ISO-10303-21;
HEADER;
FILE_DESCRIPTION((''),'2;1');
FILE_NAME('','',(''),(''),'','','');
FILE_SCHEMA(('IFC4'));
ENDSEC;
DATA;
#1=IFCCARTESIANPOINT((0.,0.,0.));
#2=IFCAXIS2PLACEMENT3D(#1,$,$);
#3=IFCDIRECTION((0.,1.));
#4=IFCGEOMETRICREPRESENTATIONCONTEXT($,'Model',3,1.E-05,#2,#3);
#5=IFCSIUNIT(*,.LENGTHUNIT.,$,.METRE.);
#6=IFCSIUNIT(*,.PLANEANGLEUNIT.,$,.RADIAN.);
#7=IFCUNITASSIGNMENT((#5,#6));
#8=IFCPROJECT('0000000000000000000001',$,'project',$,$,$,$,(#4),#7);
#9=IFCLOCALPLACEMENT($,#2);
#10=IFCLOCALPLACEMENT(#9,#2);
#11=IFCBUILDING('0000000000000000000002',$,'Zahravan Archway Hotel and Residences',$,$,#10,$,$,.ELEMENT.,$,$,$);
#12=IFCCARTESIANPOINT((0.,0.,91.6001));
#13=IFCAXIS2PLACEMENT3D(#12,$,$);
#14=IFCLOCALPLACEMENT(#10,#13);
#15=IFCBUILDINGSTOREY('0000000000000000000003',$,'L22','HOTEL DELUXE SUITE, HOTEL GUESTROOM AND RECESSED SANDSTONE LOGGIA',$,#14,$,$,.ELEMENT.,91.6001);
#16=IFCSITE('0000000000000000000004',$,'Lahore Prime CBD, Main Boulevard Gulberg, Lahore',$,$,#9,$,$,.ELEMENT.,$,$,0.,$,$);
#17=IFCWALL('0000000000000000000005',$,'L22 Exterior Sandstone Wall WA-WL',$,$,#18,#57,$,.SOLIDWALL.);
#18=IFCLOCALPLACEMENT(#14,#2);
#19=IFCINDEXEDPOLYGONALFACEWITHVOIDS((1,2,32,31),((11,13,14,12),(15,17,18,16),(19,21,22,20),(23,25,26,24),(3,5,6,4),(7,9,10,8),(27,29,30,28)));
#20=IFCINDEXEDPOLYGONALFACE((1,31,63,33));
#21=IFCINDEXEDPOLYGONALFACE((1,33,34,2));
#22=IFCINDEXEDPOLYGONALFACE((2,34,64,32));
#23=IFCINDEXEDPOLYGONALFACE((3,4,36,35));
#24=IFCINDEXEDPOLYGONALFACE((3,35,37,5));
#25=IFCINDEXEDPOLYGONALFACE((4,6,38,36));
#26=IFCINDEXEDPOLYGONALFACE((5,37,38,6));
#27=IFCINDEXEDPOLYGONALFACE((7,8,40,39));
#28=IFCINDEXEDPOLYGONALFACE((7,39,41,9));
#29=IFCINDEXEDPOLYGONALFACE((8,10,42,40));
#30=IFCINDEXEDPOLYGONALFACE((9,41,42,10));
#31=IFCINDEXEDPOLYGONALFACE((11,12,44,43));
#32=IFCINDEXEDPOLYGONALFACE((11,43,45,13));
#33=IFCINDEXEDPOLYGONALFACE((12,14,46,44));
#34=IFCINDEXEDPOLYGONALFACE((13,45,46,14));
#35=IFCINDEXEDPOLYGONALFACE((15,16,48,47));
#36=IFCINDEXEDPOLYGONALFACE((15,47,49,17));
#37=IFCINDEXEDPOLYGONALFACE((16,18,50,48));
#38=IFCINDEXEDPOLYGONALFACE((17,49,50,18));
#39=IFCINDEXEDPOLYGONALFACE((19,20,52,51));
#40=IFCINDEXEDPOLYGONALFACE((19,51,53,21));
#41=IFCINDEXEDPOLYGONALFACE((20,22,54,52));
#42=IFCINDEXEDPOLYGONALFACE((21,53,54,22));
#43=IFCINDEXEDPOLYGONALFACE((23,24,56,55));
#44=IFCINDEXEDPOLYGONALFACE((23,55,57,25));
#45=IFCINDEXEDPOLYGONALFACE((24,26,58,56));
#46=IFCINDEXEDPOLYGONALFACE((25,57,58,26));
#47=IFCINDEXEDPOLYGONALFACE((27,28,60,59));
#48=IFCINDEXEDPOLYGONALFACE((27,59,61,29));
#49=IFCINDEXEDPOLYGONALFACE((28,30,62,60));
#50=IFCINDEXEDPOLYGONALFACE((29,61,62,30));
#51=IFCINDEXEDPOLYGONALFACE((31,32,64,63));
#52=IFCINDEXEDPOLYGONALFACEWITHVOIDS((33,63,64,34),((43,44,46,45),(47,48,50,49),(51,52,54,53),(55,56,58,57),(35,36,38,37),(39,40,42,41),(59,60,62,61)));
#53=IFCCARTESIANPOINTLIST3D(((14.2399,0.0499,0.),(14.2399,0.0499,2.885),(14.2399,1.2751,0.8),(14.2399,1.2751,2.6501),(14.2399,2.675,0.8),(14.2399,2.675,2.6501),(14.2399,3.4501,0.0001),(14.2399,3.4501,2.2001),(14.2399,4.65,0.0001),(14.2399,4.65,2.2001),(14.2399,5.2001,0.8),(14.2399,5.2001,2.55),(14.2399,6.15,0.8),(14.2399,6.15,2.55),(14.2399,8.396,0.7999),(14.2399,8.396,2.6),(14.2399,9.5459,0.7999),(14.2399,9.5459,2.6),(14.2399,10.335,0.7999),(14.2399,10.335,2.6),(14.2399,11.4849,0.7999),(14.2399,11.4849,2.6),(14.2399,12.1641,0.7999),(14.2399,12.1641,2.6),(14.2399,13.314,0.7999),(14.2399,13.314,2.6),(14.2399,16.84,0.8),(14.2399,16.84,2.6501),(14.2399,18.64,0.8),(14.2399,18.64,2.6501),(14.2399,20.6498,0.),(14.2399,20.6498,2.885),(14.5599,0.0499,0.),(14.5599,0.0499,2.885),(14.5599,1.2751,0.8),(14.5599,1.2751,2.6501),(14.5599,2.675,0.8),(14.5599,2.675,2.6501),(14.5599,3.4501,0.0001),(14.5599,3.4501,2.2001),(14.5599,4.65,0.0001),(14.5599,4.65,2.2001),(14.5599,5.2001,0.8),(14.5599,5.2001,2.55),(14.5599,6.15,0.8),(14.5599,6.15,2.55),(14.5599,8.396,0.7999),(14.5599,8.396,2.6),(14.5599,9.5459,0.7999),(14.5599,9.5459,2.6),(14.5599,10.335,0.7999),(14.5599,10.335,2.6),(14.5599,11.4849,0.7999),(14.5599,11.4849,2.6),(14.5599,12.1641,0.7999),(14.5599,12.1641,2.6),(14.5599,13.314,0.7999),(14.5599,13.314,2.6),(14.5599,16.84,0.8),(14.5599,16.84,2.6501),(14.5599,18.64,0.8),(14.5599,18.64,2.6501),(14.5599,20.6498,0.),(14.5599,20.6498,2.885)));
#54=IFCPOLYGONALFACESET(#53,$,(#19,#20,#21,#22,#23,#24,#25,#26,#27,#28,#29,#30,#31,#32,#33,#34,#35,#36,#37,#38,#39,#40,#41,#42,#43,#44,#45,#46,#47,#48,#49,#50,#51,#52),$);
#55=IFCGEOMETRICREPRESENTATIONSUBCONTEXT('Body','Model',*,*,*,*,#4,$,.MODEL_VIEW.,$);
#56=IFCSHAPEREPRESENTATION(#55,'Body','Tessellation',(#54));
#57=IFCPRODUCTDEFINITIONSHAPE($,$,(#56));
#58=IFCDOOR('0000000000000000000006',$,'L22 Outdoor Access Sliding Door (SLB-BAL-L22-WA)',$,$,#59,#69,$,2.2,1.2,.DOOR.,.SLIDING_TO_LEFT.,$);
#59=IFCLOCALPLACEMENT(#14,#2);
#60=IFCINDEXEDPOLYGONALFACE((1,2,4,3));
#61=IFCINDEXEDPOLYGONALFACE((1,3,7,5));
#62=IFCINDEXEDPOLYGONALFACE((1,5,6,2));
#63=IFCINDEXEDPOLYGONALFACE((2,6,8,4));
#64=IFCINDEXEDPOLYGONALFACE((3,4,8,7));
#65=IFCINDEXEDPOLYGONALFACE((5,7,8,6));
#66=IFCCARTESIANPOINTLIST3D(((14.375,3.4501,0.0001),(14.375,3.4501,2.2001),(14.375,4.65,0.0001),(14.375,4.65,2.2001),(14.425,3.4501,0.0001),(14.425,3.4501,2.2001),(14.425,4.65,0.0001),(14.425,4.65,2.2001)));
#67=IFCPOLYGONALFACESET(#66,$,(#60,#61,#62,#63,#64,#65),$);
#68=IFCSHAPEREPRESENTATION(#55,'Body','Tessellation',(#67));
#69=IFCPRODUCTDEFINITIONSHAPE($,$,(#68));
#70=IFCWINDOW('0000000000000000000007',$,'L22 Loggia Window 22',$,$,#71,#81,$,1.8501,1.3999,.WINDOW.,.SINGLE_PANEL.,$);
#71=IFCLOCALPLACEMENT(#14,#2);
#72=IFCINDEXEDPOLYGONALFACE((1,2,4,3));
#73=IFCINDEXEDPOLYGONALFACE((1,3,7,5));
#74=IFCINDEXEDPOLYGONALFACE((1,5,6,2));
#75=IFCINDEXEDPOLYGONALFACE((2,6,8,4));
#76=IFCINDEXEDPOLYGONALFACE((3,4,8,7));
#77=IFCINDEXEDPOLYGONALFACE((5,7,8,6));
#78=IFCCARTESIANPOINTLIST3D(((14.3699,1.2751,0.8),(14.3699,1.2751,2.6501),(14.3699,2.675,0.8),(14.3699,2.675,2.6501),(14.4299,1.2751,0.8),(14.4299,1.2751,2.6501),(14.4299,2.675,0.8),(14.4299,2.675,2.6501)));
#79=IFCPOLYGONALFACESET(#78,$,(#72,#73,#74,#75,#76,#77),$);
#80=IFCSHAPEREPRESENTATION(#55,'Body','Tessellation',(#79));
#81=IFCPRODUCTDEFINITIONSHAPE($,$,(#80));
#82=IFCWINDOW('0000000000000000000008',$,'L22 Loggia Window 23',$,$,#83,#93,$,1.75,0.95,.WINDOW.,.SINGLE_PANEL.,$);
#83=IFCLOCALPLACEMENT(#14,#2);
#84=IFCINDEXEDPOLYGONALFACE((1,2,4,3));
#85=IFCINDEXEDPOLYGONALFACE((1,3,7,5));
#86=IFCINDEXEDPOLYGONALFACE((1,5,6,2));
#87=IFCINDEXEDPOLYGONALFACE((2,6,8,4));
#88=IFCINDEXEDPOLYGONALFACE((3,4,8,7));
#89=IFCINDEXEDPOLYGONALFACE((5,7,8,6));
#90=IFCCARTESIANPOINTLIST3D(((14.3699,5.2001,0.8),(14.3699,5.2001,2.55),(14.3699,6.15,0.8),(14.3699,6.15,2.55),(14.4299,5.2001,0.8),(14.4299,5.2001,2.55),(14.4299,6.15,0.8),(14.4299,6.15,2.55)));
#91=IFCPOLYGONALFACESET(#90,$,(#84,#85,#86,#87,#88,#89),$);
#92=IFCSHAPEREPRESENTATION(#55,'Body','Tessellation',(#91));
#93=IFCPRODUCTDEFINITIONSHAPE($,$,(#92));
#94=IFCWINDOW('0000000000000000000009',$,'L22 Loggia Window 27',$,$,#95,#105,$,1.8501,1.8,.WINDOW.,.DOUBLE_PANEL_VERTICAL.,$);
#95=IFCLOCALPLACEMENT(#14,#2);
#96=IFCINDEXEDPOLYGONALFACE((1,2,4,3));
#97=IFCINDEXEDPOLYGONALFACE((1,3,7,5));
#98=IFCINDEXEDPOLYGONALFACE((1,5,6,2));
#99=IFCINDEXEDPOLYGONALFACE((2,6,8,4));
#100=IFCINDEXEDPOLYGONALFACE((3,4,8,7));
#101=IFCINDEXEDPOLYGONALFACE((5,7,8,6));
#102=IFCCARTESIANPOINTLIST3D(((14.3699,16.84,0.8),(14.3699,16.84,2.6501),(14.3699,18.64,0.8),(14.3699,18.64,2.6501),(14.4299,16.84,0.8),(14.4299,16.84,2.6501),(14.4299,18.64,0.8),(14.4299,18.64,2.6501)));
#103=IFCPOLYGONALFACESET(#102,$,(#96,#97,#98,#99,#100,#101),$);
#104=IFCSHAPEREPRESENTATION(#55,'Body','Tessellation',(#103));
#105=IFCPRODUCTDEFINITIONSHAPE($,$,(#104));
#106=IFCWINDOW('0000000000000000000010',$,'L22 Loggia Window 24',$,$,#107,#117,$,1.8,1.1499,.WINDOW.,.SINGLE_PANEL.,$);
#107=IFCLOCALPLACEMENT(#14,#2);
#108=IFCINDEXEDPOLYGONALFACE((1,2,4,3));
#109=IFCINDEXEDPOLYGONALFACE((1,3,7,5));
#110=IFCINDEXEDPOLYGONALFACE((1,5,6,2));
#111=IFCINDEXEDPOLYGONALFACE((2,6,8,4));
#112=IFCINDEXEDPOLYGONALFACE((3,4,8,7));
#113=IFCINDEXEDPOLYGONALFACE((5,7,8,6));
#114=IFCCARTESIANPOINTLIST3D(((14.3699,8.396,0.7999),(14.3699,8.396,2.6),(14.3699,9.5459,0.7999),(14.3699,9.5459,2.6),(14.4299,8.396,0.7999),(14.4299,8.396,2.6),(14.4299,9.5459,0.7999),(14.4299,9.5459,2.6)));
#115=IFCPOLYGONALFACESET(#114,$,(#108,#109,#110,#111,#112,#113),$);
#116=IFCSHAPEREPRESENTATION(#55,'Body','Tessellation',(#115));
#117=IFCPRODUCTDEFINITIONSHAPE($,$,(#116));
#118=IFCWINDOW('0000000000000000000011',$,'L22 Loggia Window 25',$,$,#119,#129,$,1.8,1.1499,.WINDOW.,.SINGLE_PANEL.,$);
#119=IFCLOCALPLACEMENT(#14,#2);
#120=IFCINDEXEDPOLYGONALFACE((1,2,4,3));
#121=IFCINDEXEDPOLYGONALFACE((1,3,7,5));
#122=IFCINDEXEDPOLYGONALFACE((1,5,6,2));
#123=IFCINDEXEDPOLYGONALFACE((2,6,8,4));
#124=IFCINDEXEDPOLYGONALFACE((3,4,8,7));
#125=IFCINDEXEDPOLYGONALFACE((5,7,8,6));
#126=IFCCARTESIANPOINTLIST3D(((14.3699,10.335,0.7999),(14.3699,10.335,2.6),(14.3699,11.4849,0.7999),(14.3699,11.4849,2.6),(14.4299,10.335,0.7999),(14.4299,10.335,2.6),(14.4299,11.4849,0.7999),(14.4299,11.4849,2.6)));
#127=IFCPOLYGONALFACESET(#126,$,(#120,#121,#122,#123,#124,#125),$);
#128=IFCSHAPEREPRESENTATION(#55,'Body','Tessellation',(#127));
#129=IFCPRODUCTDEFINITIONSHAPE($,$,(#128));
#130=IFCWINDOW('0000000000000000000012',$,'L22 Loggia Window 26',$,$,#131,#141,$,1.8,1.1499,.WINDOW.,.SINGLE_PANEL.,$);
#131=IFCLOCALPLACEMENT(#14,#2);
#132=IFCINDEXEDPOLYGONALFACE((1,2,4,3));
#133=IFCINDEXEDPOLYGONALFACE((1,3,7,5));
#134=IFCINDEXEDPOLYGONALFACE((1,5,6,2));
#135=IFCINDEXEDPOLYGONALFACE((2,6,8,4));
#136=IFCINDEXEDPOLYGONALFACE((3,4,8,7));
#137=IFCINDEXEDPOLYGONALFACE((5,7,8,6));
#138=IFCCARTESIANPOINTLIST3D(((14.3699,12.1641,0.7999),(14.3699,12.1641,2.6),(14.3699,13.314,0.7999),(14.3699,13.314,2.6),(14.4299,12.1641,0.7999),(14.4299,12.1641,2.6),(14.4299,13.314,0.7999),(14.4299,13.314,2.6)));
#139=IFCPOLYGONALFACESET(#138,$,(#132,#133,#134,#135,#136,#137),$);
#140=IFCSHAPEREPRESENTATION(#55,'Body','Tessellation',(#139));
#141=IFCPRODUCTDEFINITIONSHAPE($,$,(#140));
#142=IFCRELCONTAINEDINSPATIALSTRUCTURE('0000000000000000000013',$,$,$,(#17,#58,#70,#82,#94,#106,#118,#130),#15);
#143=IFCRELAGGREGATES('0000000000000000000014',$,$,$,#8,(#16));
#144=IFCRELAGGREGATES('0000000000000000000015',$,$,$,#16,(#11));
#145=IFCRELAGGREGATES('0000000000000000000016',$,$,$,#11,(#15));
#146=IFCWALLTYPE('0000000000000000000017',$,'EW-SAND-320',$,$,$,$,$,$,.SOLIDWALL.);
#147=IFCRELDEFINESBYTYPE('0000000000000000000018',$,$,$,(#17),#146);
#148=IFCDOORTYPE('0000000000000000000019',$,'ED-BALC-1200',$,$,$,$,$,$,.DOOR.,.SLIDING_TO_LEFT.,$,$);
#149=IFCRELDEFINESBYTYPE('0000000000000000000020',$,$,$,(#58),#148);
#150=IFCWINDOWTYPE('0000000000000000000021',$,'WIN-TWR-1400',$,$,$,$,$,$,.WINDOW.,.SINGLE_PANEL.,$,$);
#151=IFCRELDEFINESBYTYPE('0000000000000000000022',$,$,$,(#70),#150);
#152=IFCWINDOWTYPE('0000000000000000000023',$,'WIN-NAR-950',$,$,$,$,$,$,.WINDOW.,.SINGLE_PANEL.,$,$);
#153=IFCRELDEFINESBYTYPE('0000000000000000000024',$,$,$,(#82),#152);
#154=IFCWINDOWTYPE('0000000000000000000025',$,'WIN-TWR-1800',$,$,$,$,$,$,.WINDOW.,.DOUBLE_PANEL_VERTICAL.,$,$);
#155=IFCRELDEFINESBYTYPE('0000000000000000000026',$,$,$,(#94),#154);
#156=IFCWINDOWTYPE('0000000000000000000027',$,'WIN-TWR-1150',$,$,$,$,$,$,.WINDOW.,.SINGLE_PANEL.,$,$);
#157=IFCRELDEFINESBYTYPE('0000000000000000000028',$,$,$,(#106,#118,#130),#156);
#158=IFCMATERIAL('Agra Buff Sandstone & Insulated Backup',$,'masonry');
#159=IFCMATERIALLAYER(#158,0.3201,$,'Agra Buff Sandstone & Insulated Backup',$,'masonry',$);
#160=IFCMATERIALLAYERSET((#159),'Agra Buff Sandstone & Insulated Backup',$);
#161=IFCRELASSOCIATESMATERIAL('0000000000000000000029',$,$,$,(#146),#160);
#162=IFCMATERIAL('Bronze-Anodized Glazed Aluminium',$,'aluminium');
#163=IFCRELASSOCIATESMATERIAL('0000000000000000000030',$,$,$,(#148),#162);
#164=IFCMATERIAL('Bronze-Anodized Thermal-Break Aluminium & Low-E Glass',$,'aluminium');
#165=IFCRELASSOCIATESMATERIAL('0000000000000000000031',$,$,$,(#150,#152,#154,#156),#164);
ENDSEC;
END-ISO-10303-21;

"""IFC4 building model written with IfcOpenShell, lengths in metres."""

from ifc_helpers import new_model, si_unit, direction, frame, frame_2d, origin, place, context, subcontext, project, spatial, rectangle, extrude, source, transform, mapped, material, layer, layer_set, type_object, type_shapes, element, fill, save


model = new_model("IFC4")

# Units and contexts
model_context = context("Model", 3, precision=1e-05, world=origin(), true_north=direction((0.0, 1.0)))
body_context = subcontext(model_context, "Body", "Model", "MODEL_VIEW")
ifc_project = project(units=[si_unit("LENGTHUNIT", "METRE"), si_unit("PLANEANGLEUNIT", "RADIAN")], contexts=[model_context])

# Site, building, storey
site_placement = place(None, origin())
site = spatial("IfcSite", under=ifc_project, at=site_placement, Name="Lahore Prime CBD, Main Boulevard Gulberg, Lahore", CompositionType="ELEMENT", RefElevation=0.0)
building_placement = place(site_placement, origin())
building = spatial("IfcBuilding", under=site, at=building_placement, Name="Zahravan Archway Hotel and Residences", CompositionType="ELEMENT")
storey_placement = place(building_placement, frame((0.0, 0.0, 91.6001)))
storey = spatial("IfcBuildingStorey", under=building, at=storey_placement, Name="L22", Description="HOTEL DELUXE SUITE, HOTEL GUESTROOM AND RECESSED SANDSTONE LOGGIA", CompositionType="ELEMENT", Elevation=91.6001)

# Wall, openings, door, windows
ifc_material_1 = material(Name="Agra Buff Sandstone & Insulated Backup", Category="masonry")
ifc_layer = layer(ifc_material_1, 0.3201, Name="Agra Buff Sandstone & Insulated Backup", Category="masonry")
ifc_layer_set = layer_set([ifc_layer], Name="Agra Buff Sandstone & Insulated Backup")
wall_type = type_object("IfcWallType", Name="EW-SAND-320", PredefinedType="SOLIDWALL", material=ifc_layer_set)
wall_placement = place(storey_placement, frame((14.3999, 0.05, 0.0), z_axis=(0.0, 0.0, 1.0), x_axis=(0.0, 1.0, 0.0)))
wall = element("IfcWall", 1, at=wall_placement, inside=storey, type_object=wall_type, Name="L22 Exterior Sandstone Wall WA-WL", PredefinedType="SOLIDWALL", context=body_context, shape_type="SweptSolid", body=[
    extrude(rectangle(XDim=20.5999, YDim=0.3201, at=frame_2d((10.2998, 0.0))), origin(), (0.0, 0.0, 1.0), 2.885),
])
opening_1_placement = place(wall_placement, frame((3.3999, 0.0, 0.0)))
opening_1 = element("IfcOpeningElement", 2, at=opening_1_placement, cuts=wall, PredefinedType="OPENING", context=body_context, shape_type="SweptSolid", body=[
    extrude(rectangle(XDim=1.2, YDim=2.2, at=frame_2d((0.6001, 1.1001))), frame((0.0, 0.1699, 0.0), z_axis=(0.0, -1.0, 0.0), x_axis=(1.0, 0.0, 0.0)), (0.0, 0.0, 1.0), 0.3401),
])
opening_2_placement = place(wall_placement, frame((1.2251, 0.0, 0.8)))
opening_2 = element("IfcOpeningElement", 3, at=opening_2_placement, cuts=wall, PredefinedType="OPENING", context=body_context, shape_type="SweptSolid", body=[
    extrude(rectangle(XDim=1.3999, YDim=1.8501, at=frame_2d((0.7, 0.925))), frame((0.0, 0.1699, 0.0), z_axis=(0.0, -1.0, 0.0), x_axis=(1.0, 0.0, 0.0)), (0.0, 0.0, 1.0), 0.3401),
])
opening_3_placement = place(wall_placement, frame((5.1499, 0.0, 0.8)))
opening_3 = element("IfcOpeningElement", 4, at=opening_3_placement, cuts=wall, PredefinedType="OPENING", context=body_context, shape_type="SweptSolid", body=[
    extrude(rectangle(XDim=0.95, YDim=1.75, at=frame_2d((0.4751, 0.875))), frame((0.0, 0.1699, 0.0), z_axis=(0.0, -1.0, 0.0), x_axis=(1.0, 0.0, 0.0)), (0.0, 0.0, 1.0), 0.3401),
])
opening_4_placement = place(wall_placement, frame((8.3459, 0.0, 0.8)))
opening_4 = element("IfcOpeningElement", 5, at=opening_4_placement, cuts=wall, PredefinedType="OPENING", context=body_context, shape_type="SweptSolid", body=[
    extrude(rectangle(XDim=1.1499, YDim=1.8, at=frame_2d((0.575, 0.8999))), frame((0.0, 0.1699, 0.0), z_axis=(0.0, -1.0, 0.0), x_axis=(1.0, 0.0, 0.0)), (0.0, 0.0, 1.0), 0.3401),
])
opening_5_placement = place(wall_placement, frame((10.2849, 0.0, 0.8)))
opening_5 = element("IfcOpeningElement", 6, at=opening_5_placement, cuts=wall, PredefinedType="OPENING", context=body_context, shape_type="SweptSolid", body=[
    extrude(rectangle(XDim=1.1499, YDim=1.8, at=frame_2d((0.575, 0.8999))), frame((0.0, 0.1699, 0.0), z_axis=(0.0, -1.0, 0.0), x_axis=(1.0, 0.0, 0.0)), (0.0, 0.0, 1.0), 0.3401),
])
opening_6_placement = place(wall_placement, frame((12.114, 0.0, 0.8)))
opening_6 = element("IfcOpeningElement", 7, at=opening_6_placement, cuts=wall, PredefinedType="OPENING", context=body_context, shape_type="SweptSolid", body=[
    extrude(rectangle(XDim=1.1499, YDim=1.8, at=frame_2d((0.575, 0.8999))), frame((0.0, 0.1699, 0.0), z_axis=(0.0, -1.0, 0.0), x_axis=(1.0, 0.0, 0.0)), (0.0, 0.0, 1.0), 0.3401),
])
opening_7_placement = place(wall_placement, frame((16.79, 0.0, 0.8)))
opening_7 = element("IfcOpeningElement", 8, at=opening_7_placement, cuts=wall, PredefinedType="OPENING", context=body_context, shape_type="SweptSolid", body=[
    extrude(rectangle(XDim=1.8, YDim=1.8501, at=frame_2d((0.8999, 0.925))), frame((0.0, 0.1699, 0.0), z_axis=(0.0, -1.0, 0.0), x_axis=(1.0, 0.0, 0.0)), (0.0, 0.0, 1.0), 0.3401),
])
ifc_material_2 = material(Name="Bronze-Anodized Glazed Aluminium", Category="aluminium")
door_type = type_object("IfcDoorType", Name="ED-BALC-1200", OperationType="SLIDING_TO_LEFT", PredefinedType="DOOR", material=ifc_material_2)
shared_shape_1 = source(origin(), body_context, "Body", "SweptSolid", [
    extrude(rectangle(XDim=1.2, YDim=2.2, at=frame_2d((0.6001, 1.1001))), frame((0.0, 0.0249, 0.0), z_axis=(0.0, -1.0, 0.0), x_axis=(1.0, 0.0, 0.0)), (0.0, 0.0, 1.0), 0.05),
])
type_shapes(door_type, [shared_shape_1])
door_placement = place(opening_1_placement, origin())
door = element("IfcDoor", 9, at=door_placement, inside=storey, type_object=door_type, Name="L22 Outdoor Access Sliding Door (SLB-BAL-L22-WA)", OperationType="SLIDING_TO_LEFT", OverallHeight=2.2, OverallWidth=1.2, PredefinedType="DOOR", context=body_context, shape_type="MappedRepresentation", body=[
    mapped(shared_shape_1, transform((0.0, 0.0, 0.0), scale=1.0)),
])
fill(opening_1, door)
ifc_material_3 = material(Name="Bronze-Anodized Thermal-Break Aluminium & Low-E Glass", Category="aluminium")
window_type_1 = type_object("IfcWindowType", Name="WIN-TWR-1400", PartitioningType="SINGLE_PANEL", PredefinedType="WINDOW", material=ifc_material_3)
shared_shape_2 = source(origin(), body_context, "Body", "SweptSolid", [
    extrude(rectangle(XDim=1.3999, YDim=1.8501, at=frame_2d((0.7, 0.925))), frame((0.0, 0.03, 0.0), z_axis=(0.0, -1.0, 0.0), x_axis=(1.0, 0.0, 0.0)), (0.0, 0.0, 1.0), 0.0601),
])
type_shapes(window_type_1, [shared_shape_2])
window_1_placement = place(opening_2_placement, origin())
window_1 = element("IfcWindow", 10, at=window_1_placement, inside=storey, type_object=window_type_1, Name="L22 Loggia Window 22", OverallHeight=1.8501, OverallWidth=1.3999, PartitioningType="SINGLE_PANEL", PredefinedType="WINDOW", context=body_context, shape_type="MappedRepresentation", body=[
    mapped(shared_shape_2, transform((0.0, 0.0, 0.0), scale=1.0)),
])
fill(opening_2, window_1)
window_type_2 = type_object("IfcWindowType", Name="WIN-NAR-950", PartitioningType="SINGLE_PANEL", PredefinedType="WINDOW", material=ifc_material_3)
shared_shape_3 = source(origin(), body_context, "Body", "SweptSolid", [
    extrude(rectangle(XDim=0.95, YDim=1.75, at=frame_2d((0.4751, 0.875))), frame((0.0, 0.03, 0.0), z_axis=(0.0, -1.0, 0.0), x_axis=(1.0, 0.0, 0.0)), (0.0, 0.0, 1.0), 0.0601),
])
type_shapes(window_type_2, [shared_shape_3])
window_2_placement = place(opening_3_placement, origin())
window_2 = element("IfcWindow", 11, at=window_2_placement, inside=storey, type_object=window_type_2, Name="L22 Loggia Window 23", OverallHeight=1.75, OverallWidth=0.95, PartitioningType="SINGLE_PANEL", PredefinedType="WINDOW", context=body_context, shape_type="MappedRepresentation", body=[
    mapped(shared_shape_3, transform((0.0, 0.0, 0.0), scale=1.0)),
])
fill(opening_3, window_2)
window_type_3 = type_object("IfcWindowType", Name="WIN-TWR-1800", PartitioningType="DOUBLE_PANEL_VERTICAL", PredefinedType="WINDOW", material=ifc_material_3)
shared_shape_4 = source(origin(), body_context, "Body", "SweptSolid", [
    extrude(rectangle(XDim=1.8, YDim=1.8501, at=frame_2d((0.8999, 0.925))), frame((0.0, 0.03, 0.0), z_axis=(0.0, -1.0, 0.0), x_axis=(1.0, 0.0, 0.0)), (0.0, 0.0, 1.0), 0.0601),
])
type_shapes(window_type_3, [shared_shape_4])
window_3_placement = place(opening_7_placement, origin())
window_3 = element("IfcWindow", 12, at=window_3_placement, inside=storey, type_object=window_type_3, Name="L22 Loggia Window 27", OverallHeight=1.8501, OverallWidth=1.8, PartitioningType="DOUBLE_PANEL_VERTICAL", PredefinedType="WINDOW", context=body_context, shape_type="MappedRepresentation", body=[
    mapped(shared_shape_4, transform((0.0, 0.0, 0.0), scale=1.0)),
])
fill(opening_7, window_3)
window_type_4 = type_object("IfcWindowType", Name="WIN-TWR-1150", PartitioningType="SINGLE_PANEL", PredefinedType="WINDOW", material=ifc_material_3)
shared_shape_5 = source(origin(), body_context, "Body", "SweptSolid", [
    extrude(rectangle(XDim=1.1499, YDim=1.8, at=frame_2d((0.575, 0.8999))), frame((0.0, 0.03, 0.0), z_axis=(0.0, -1.0, 0.0), x_axis=(1.0, 0.0, 0.0)), (0.0, 0.0, 1.0), 0.0601),
])
type_shapes(window_type_4, [shared_shape_5])
window_4_placement = place(opening_4_placement, origin())
window_4 = element("IfcWindow", 13, at=window_4_placement, inside=storey, type_object=window_type_4, Name="L22 Loggia Window 24", OverallHeight=1.8, OverallWidth=1.1499, PartitioningType="SINGLE_PANEL", PredefinedType="WINDOW", context=body_context, shape_type="MappedRepresentation", body=[
    mapped(shared_shape_5, transform((0.0, 0.0, 0.0), scale=1.0)),
])
fill(opening_4, window_4)
window_5_placement = place(opening_5_placement, origin())
window_5 = element("IfcWindow", 14, at=window_5_placement, inside=storey, type_object=window_type_4, Name="L22 Loggia Window 25", OverallHeight=1.8, OverallWidth=1.1499, PartitioningType="SINGLE_PANEL", PredefinedType="WINDOW", context=body_context, shape_type="MappedRepresentation", body=[
    mapped(shared_shape_5, transform((0.0, 0.0, 0.0), scale=1.0)),
])
fill(opening_5, window_5)
window_6_placement = place(opening_6_placement, origin())
window_6 = element("IfcWindow", 15, at=window_6_placement, inside=storey, type_object=window_type_4, Name="L22 Loggia Window 26", OverallHeight=1.8, OverallWidth=1.1499, PartitioningType="SINGLE_PANEL", PredefinedType="WINDOW", context=body_context, shape_type="MappedRepresentation", body=[
    mapped(shared_shape_5, transform((0.0, 0.0, 0.0), scale=1.0)),
])
fill(opening_6, window_6)

save(model, "model.ifc")
